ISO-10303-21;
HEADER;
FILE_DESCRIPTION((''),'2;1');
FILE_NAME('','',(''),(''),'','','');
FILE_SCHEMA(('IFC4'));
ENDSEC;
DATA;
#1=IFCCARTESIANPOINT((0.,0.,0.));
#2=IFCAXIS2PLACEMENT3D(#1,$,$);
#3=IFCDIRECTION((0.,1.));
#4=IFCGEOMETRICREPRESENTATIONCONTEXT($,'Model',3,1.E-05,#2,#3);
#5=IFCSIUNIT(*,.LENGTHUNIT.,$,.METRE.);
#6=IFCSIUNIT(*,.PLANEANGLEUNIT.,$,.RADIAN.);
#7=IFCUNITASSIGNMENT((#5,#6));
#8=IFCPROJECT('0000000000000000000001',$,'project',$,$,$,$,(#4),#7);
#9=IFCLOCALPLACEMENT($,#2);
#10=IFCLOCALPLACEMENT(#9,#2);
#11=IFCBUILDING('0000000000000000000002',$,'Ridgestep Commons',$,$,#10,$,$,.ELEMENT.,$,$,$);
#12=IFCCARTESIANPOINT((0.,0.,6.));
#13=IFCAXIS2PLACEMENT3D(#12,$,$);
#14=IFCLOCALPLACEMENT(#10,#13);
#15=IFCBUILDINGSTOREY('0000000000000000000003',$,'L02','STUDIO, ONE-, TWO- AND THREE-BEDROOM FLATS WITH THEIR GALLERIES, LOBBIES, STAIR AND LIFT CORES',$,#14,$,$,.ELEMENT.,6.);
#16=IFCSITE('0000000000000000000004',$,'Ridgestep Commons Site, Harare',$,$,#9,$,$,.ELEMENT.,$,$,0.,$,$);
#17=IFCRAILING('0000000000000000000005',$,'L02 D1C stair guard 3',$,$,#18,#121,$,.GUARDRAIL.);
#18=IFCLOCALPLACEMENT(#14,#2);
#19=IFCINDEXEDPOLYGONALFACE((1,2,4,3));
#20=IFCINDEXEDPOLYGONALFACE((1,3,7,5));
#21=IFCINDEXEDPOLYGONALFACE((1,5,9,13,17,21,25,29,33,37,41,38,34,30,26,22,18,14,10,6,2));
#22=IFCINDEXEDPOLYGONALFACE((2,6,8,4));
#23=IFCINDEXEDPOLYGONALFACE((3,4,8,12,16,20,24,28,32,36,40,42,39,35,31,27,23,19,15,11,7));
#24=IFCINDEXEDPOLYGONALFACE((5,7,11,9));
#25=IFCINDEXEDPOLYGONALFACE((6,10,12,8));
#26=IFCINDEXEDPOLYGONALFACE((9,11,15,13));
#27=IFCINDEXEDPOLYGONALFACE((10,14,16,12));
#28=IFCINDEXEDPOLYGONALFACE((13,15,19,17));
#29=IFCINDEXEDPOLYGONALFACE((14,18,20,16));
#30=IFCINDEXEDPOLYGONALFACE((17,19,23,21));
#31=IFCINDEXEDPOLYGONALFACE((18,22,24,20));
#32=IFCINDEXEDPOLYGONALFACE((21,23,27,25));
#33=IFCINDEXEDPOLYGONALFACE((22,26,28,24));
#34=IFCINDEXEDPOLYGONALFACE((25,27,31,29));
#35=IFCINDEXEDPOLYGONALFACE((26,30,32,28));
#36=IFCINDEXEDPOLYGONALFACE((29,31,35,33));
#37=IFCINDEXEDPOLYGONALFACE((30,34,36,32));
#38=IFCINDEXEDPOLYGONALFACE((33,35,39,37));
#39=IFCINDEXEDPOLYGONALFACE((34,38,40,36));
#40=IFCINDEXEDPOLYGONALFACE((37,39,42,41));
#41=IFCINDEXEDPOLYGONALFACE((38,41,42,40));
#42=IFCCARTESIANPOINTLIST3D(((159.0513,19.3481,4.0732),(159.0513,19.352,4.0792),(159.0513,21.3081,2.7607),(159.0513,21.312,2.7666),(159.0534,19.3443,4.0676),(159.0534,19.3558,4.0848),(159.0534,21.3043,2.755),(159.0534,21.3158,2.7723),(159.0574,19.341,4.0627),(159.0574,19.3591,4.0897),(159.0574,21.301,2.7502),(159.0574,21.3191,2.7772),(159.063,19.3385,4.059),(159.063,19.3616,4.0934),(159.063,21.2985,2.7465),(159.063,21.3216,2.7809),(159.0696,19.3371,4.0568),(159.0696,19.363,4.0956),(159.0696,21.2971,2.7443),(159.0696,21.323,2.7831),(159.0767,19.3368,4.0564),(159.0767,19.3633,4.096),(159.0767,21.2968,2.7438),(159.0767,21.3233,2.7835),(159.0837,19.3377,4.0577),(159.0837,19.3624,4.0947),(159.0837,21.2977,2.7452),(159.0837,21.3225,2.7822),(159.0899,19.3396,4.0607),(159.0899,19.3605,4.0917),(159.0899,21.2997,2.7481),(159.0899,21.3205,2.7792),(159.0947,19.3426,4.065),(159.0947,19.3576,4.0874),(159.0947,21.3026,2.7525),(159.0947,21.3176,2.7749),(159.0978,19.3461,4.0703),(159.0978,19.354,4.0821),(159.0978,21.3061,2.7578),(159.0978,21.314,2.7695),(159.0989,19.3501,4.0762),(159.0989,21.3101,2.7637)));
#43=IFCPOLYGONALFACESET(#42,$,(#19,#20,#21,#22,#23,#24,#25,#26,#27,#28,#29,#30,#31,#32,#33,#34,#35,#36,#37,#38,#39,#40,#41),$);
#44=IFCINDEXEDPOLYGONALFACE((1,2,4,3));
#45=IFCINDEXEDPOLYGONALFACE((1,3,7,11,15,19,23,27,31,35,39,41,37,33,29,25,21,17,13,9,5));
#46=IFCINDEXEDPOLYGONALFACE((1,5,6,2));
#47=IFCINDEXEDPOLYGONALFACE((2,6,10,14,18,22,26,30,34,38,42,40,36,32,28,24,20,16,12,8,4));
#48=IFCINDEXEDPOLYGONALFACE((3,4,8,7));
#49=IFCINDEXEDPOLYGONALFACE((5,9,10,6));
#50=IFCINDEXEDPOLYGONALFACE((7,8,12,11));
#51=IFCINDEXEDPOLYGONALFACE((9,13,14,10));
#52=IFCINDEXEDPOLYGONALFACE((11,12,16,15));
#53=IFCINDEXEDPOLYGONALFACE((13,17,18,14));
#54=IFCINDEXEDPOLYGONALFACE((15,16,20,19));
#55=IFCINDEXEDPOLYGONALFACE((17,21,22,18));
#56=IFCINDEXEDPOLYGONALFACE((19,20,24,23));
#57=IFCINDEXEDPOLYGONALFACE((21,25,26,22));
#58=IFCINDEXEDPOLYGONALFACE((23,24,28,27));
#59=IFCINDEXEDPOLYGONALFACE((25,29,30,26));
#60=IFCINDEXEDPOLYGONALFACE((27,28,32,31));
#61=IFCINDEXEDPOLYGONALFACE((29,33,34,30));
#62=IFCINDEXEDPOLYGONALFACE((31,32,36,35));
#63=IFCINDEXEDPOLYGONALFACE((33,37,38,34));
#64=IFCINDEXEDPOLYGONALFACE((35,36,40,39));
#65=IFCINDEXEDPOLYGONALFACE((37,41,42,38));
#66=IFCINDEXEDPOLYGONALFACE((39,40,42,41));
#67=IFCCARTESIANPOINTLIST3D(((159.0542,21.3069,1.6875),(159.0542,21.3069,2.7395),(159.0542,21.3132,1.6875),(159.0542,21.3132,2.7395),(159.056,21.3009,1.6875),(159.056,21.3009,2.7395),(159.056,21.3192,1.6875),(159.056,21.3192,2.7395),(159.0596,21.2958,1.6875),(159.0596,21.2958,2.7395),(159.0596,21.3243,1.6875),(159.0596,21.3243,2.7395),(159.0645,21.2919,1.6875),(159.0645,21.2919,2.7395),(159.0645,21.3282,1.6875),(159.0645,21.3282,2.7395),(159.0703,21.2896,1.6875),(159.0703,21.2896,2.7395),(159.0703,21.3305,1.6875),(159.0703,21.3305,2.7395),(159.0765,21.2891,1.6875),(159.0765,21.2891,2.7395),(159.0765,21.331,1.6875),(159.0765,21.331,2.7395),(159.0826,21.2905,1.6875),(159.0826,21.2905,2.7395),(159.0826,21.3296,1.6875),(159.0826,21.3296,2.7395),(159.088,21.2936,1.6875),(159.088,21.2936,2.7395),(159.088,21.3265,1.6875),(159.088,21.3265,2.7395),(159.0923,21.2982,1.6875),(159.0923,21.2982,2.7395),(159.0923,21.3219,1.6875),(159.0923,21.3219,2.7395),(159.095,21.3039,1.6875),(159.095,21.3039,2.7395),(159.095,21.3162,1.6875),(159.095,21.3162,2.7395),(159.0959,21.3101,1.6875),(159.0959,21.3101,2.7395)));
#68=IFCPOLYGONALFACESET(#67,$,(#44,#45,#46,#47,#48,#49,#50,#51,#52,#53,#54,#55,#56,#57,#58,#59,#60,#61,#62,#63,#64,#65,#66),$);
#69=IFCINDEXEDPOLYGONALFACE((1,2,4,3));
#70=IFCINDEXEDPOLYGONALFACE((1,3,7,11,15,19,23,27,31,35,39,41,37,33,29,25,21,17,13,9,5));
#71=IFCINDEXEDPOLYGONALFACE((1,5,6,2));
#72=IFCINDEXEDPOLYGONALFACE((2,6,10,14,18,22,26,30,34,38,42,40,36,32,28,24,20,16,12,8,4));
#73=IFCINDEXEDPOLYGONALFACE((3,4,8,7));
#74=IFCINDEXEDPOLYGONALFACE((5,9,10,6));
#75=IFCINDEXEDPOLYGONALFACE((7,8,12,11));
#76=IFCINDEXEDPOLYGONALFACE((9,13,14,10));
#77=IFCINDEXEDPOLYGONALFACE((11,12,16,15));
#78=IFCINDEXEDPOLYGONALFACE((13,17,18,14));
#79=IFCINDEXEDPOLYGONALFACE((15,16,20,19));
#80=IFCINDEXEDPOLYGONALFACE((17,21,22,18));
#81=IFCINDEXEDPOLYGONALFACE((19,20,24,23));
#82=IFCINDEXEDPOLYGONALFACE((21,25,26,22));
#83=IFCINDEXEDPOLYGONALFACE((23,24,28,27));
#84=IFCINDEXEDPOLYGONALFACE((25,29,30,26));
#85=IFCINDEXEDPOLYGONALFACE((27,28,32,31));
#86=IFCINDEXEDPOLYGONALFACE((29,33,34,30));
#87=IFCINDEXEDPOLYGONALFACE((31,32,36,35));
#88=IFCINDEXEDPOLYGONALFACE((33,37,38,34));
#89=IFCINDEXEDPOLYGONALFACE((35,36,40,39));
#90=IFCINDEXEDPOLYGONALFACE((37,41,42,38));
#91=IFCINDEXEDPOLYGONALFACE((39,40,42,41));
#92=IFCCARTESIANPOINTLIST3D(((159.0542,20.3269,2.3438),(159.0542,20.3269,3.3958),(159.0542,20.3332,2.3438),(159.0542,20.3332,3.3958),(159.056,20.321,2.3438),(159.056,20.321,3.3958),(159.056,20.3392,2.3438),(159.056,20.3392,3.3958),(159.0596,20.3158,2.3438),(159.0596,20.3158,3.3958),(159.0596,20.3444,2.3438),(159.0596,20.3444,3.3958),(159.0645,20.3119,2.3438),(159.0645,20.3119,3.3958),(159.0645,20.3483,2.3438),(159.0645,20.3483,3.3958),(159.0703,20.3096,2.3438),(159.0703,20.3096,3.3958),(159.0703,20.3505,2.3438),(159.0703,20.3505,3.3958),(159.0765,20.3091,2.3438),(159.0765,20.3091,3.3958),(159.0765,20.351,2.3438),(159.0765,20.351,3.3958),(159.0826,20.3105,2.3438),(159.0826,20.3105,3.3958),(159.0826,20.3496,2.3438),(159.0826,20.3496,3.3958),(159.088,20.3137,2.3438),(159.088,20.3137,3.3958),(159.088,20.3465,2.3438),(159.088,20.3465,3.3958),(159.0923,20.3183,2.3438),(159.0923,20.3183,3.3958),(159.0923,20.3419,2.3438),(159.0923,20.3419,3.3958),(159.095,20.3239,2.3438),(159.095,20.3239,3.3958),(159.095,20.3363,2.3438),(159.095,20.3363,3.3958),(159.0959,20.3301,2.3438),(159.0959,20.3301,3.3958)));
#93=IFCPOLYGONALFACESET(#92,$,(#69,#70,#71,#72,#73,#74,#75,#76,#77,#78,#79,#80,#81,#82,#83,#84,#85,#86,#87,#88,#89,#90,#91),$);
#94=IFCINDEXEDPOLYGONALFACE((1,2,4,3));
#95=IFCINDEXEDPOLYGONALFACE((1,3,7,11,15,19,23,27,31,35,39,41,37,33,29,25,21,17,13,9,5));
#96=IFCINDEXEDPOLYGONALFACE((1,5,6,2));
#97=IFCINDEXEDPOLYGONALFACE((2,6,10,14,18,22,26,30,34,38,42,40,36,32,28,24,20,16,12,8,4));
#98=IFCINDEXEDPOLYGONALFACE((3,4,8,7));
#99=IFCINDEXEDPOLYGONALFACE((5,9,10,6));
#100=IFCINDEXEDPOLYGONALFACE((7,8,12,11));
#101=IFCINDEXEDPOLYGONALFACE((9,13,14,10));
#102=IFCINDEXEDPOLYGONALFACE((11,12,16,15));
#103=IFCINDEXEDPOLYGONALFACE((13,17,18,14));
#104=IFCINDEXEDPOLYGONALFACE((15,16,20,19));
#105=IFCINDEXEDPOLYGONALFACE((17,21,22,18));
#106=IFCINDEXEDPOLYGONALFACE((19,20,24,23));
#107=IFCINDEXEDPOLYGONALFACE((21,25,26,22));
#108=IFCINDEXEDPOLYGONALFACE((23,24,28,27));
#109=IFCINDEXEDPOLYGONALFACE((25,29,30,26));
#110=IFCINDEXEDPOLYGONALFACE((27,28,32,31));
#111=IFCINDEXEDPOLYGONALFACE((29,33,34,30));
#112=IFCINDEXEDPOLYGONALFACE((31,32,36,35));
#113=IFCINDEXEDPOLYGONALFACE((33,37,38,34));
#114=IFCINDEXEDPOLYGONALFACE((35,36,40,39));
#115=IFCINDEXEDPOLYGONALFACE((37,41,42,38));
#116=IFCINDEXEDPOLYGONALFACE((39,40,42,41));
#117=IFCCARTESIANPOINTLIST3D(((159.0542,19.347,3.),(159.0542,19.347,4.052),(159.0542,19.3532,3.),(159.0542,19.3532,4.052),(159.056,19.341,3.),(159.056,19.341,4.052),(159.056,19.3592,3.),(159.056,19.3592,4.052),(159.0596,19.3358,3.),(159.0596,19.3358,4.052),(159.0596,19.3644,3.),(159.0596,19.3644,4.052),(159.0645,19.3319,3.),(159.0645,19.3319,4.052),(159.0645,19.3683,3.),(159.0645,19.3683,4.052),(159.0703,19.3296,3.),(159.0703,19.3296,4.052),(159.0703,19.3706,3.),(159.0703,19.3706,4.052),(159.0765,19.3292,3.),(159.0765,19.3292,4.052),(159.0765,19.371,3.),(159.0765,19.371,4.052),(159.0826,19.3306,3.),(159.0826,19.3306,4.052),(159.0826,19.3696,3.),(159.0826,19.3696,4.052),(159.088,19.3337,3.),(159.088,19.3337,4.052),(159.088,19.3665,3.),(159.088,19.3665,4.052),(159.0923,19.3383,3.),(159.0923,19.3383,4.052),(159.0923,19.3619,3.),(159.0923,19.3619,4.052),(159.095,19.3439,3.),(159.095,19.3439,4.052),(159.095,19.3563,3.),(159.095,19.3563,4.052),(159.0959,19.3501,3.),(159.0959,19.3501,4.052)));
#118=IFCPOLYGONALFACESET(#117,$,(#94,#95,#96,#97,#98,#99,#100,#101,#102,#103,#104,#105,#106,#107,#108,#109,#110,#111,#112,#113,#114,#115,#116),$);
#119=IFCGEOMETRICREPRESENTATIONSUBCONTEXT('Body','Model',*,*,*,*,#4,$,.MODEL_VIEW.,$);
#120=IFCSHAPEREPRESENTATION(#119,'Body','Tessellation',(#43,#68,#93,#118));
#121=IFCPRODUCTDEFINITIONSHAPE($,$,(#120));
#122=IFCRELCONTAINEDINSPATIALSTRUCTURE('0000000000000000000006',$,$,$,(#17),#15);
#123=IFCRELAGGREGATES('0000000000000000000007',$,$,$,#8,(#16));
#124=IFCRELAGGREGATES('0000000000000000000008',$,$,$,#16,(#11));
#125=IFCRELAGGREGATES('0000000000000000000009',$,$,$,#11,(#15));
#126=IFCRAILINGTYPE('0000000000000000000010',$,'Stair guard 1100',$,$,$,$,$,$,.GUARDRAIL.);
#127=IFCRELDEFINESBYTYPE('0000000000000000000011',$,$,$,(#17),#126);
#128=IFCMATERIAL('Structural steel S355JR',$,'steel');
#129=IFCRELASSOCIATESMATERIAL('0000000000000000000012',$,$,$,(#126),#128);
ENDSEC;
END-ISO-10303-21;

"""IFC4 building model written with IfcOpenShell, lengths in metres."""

from ifc_helpers import new_model, si_unit, direction, frame, origin, origin_2d, place, context, subcontext, project, spatial, circle, extrude, material, type_object, element, save


model = new_model("IFC4")

# Units and contexts
model_context = context("Model", 3, precision=1e-05, world=origin(), true_north=direction((0.0, 1.0)))
body_context = subcontext(model_context, "Body", "Model", "MODEL_VIEW")
ifc_project = project(units=[si_unit("LENGTHUNIT", "METRE"), si_unit("PLANEANGLEUNIT", "RADIAN")], contexts=[model_context])

# Site, building, storey
site_placement = place(None, origin())
site = spatial("IfcSite", under=ifc_project, at=site_placement, Name="Ridgestep Commons Site, Harare", CompositionType="ELEMENT", RefElevation=0.0)
building_placement = place(site_placement, origin())
building = spatial("IfcBuilding", under=site, at=building_placement, Name="Ridgestep Commons", CompositionType="ELEMENT")
storey_placement = place(building_placement, frame((0.0, 0.0, 6.0)))
storey = spatial("IfcBuildingStorey", under=building, at=storey_placement, Name="L02", Description="STUDIO, ONE-, TWO- AND THREE-BEDROOM FLATS WITH THEIR GALLERIES, LOBBIES, STAIR AND LIFT CORES", CompositionType="ELEMENT", Elevation=6.0)

# Railing
ifc_material_1 = material(Name="Structural steel S355JR", Category="steel")
railing_type_1 = type_object("IfcRailingType", Name="Stair guard 1100", PredefinedType="GUARDRAIL", material=ifc_material_1)
railing_1_placement = place(storey_placement, frame((159.075, 21.3101, 1.6875)))
element("IfcRailing", 1, at=railing_1_placement, inside=storey, type_object=railing_type_1, Name="L02 D1C stair guard 3", PredefinedType="GUARDRAIL", context=body_context, shape_type="SweptSolid", body=[
    extrude(circle(Radius=0.0239, at=origin_2d()), frame((0.0, 0.0, 1.0762), z_axis=(0.0, -0.830902, 0.556419), x_axis=(1.0, 0.0, 0.0)), (0.0, 0.0, 1.0), 2.3589),
    extrude(circle(Radius=0.021, at=origin_2d()), origin(), (0.0, 0.0, 1.0), 1.052),
    extrude(circle(Radius=0.021, at=origin_2d()), frame((0.0, -0.98, 0.6562)), (0.0, 0.0, 1.0), 1.052),
    extrude(circle(Radius=0.021, at=origin_2d()), frame((0.0, -1.96, 1.3125)), (0.0, 0.0, 1.0), 1.052),
])

save(model, "model.ifc")
